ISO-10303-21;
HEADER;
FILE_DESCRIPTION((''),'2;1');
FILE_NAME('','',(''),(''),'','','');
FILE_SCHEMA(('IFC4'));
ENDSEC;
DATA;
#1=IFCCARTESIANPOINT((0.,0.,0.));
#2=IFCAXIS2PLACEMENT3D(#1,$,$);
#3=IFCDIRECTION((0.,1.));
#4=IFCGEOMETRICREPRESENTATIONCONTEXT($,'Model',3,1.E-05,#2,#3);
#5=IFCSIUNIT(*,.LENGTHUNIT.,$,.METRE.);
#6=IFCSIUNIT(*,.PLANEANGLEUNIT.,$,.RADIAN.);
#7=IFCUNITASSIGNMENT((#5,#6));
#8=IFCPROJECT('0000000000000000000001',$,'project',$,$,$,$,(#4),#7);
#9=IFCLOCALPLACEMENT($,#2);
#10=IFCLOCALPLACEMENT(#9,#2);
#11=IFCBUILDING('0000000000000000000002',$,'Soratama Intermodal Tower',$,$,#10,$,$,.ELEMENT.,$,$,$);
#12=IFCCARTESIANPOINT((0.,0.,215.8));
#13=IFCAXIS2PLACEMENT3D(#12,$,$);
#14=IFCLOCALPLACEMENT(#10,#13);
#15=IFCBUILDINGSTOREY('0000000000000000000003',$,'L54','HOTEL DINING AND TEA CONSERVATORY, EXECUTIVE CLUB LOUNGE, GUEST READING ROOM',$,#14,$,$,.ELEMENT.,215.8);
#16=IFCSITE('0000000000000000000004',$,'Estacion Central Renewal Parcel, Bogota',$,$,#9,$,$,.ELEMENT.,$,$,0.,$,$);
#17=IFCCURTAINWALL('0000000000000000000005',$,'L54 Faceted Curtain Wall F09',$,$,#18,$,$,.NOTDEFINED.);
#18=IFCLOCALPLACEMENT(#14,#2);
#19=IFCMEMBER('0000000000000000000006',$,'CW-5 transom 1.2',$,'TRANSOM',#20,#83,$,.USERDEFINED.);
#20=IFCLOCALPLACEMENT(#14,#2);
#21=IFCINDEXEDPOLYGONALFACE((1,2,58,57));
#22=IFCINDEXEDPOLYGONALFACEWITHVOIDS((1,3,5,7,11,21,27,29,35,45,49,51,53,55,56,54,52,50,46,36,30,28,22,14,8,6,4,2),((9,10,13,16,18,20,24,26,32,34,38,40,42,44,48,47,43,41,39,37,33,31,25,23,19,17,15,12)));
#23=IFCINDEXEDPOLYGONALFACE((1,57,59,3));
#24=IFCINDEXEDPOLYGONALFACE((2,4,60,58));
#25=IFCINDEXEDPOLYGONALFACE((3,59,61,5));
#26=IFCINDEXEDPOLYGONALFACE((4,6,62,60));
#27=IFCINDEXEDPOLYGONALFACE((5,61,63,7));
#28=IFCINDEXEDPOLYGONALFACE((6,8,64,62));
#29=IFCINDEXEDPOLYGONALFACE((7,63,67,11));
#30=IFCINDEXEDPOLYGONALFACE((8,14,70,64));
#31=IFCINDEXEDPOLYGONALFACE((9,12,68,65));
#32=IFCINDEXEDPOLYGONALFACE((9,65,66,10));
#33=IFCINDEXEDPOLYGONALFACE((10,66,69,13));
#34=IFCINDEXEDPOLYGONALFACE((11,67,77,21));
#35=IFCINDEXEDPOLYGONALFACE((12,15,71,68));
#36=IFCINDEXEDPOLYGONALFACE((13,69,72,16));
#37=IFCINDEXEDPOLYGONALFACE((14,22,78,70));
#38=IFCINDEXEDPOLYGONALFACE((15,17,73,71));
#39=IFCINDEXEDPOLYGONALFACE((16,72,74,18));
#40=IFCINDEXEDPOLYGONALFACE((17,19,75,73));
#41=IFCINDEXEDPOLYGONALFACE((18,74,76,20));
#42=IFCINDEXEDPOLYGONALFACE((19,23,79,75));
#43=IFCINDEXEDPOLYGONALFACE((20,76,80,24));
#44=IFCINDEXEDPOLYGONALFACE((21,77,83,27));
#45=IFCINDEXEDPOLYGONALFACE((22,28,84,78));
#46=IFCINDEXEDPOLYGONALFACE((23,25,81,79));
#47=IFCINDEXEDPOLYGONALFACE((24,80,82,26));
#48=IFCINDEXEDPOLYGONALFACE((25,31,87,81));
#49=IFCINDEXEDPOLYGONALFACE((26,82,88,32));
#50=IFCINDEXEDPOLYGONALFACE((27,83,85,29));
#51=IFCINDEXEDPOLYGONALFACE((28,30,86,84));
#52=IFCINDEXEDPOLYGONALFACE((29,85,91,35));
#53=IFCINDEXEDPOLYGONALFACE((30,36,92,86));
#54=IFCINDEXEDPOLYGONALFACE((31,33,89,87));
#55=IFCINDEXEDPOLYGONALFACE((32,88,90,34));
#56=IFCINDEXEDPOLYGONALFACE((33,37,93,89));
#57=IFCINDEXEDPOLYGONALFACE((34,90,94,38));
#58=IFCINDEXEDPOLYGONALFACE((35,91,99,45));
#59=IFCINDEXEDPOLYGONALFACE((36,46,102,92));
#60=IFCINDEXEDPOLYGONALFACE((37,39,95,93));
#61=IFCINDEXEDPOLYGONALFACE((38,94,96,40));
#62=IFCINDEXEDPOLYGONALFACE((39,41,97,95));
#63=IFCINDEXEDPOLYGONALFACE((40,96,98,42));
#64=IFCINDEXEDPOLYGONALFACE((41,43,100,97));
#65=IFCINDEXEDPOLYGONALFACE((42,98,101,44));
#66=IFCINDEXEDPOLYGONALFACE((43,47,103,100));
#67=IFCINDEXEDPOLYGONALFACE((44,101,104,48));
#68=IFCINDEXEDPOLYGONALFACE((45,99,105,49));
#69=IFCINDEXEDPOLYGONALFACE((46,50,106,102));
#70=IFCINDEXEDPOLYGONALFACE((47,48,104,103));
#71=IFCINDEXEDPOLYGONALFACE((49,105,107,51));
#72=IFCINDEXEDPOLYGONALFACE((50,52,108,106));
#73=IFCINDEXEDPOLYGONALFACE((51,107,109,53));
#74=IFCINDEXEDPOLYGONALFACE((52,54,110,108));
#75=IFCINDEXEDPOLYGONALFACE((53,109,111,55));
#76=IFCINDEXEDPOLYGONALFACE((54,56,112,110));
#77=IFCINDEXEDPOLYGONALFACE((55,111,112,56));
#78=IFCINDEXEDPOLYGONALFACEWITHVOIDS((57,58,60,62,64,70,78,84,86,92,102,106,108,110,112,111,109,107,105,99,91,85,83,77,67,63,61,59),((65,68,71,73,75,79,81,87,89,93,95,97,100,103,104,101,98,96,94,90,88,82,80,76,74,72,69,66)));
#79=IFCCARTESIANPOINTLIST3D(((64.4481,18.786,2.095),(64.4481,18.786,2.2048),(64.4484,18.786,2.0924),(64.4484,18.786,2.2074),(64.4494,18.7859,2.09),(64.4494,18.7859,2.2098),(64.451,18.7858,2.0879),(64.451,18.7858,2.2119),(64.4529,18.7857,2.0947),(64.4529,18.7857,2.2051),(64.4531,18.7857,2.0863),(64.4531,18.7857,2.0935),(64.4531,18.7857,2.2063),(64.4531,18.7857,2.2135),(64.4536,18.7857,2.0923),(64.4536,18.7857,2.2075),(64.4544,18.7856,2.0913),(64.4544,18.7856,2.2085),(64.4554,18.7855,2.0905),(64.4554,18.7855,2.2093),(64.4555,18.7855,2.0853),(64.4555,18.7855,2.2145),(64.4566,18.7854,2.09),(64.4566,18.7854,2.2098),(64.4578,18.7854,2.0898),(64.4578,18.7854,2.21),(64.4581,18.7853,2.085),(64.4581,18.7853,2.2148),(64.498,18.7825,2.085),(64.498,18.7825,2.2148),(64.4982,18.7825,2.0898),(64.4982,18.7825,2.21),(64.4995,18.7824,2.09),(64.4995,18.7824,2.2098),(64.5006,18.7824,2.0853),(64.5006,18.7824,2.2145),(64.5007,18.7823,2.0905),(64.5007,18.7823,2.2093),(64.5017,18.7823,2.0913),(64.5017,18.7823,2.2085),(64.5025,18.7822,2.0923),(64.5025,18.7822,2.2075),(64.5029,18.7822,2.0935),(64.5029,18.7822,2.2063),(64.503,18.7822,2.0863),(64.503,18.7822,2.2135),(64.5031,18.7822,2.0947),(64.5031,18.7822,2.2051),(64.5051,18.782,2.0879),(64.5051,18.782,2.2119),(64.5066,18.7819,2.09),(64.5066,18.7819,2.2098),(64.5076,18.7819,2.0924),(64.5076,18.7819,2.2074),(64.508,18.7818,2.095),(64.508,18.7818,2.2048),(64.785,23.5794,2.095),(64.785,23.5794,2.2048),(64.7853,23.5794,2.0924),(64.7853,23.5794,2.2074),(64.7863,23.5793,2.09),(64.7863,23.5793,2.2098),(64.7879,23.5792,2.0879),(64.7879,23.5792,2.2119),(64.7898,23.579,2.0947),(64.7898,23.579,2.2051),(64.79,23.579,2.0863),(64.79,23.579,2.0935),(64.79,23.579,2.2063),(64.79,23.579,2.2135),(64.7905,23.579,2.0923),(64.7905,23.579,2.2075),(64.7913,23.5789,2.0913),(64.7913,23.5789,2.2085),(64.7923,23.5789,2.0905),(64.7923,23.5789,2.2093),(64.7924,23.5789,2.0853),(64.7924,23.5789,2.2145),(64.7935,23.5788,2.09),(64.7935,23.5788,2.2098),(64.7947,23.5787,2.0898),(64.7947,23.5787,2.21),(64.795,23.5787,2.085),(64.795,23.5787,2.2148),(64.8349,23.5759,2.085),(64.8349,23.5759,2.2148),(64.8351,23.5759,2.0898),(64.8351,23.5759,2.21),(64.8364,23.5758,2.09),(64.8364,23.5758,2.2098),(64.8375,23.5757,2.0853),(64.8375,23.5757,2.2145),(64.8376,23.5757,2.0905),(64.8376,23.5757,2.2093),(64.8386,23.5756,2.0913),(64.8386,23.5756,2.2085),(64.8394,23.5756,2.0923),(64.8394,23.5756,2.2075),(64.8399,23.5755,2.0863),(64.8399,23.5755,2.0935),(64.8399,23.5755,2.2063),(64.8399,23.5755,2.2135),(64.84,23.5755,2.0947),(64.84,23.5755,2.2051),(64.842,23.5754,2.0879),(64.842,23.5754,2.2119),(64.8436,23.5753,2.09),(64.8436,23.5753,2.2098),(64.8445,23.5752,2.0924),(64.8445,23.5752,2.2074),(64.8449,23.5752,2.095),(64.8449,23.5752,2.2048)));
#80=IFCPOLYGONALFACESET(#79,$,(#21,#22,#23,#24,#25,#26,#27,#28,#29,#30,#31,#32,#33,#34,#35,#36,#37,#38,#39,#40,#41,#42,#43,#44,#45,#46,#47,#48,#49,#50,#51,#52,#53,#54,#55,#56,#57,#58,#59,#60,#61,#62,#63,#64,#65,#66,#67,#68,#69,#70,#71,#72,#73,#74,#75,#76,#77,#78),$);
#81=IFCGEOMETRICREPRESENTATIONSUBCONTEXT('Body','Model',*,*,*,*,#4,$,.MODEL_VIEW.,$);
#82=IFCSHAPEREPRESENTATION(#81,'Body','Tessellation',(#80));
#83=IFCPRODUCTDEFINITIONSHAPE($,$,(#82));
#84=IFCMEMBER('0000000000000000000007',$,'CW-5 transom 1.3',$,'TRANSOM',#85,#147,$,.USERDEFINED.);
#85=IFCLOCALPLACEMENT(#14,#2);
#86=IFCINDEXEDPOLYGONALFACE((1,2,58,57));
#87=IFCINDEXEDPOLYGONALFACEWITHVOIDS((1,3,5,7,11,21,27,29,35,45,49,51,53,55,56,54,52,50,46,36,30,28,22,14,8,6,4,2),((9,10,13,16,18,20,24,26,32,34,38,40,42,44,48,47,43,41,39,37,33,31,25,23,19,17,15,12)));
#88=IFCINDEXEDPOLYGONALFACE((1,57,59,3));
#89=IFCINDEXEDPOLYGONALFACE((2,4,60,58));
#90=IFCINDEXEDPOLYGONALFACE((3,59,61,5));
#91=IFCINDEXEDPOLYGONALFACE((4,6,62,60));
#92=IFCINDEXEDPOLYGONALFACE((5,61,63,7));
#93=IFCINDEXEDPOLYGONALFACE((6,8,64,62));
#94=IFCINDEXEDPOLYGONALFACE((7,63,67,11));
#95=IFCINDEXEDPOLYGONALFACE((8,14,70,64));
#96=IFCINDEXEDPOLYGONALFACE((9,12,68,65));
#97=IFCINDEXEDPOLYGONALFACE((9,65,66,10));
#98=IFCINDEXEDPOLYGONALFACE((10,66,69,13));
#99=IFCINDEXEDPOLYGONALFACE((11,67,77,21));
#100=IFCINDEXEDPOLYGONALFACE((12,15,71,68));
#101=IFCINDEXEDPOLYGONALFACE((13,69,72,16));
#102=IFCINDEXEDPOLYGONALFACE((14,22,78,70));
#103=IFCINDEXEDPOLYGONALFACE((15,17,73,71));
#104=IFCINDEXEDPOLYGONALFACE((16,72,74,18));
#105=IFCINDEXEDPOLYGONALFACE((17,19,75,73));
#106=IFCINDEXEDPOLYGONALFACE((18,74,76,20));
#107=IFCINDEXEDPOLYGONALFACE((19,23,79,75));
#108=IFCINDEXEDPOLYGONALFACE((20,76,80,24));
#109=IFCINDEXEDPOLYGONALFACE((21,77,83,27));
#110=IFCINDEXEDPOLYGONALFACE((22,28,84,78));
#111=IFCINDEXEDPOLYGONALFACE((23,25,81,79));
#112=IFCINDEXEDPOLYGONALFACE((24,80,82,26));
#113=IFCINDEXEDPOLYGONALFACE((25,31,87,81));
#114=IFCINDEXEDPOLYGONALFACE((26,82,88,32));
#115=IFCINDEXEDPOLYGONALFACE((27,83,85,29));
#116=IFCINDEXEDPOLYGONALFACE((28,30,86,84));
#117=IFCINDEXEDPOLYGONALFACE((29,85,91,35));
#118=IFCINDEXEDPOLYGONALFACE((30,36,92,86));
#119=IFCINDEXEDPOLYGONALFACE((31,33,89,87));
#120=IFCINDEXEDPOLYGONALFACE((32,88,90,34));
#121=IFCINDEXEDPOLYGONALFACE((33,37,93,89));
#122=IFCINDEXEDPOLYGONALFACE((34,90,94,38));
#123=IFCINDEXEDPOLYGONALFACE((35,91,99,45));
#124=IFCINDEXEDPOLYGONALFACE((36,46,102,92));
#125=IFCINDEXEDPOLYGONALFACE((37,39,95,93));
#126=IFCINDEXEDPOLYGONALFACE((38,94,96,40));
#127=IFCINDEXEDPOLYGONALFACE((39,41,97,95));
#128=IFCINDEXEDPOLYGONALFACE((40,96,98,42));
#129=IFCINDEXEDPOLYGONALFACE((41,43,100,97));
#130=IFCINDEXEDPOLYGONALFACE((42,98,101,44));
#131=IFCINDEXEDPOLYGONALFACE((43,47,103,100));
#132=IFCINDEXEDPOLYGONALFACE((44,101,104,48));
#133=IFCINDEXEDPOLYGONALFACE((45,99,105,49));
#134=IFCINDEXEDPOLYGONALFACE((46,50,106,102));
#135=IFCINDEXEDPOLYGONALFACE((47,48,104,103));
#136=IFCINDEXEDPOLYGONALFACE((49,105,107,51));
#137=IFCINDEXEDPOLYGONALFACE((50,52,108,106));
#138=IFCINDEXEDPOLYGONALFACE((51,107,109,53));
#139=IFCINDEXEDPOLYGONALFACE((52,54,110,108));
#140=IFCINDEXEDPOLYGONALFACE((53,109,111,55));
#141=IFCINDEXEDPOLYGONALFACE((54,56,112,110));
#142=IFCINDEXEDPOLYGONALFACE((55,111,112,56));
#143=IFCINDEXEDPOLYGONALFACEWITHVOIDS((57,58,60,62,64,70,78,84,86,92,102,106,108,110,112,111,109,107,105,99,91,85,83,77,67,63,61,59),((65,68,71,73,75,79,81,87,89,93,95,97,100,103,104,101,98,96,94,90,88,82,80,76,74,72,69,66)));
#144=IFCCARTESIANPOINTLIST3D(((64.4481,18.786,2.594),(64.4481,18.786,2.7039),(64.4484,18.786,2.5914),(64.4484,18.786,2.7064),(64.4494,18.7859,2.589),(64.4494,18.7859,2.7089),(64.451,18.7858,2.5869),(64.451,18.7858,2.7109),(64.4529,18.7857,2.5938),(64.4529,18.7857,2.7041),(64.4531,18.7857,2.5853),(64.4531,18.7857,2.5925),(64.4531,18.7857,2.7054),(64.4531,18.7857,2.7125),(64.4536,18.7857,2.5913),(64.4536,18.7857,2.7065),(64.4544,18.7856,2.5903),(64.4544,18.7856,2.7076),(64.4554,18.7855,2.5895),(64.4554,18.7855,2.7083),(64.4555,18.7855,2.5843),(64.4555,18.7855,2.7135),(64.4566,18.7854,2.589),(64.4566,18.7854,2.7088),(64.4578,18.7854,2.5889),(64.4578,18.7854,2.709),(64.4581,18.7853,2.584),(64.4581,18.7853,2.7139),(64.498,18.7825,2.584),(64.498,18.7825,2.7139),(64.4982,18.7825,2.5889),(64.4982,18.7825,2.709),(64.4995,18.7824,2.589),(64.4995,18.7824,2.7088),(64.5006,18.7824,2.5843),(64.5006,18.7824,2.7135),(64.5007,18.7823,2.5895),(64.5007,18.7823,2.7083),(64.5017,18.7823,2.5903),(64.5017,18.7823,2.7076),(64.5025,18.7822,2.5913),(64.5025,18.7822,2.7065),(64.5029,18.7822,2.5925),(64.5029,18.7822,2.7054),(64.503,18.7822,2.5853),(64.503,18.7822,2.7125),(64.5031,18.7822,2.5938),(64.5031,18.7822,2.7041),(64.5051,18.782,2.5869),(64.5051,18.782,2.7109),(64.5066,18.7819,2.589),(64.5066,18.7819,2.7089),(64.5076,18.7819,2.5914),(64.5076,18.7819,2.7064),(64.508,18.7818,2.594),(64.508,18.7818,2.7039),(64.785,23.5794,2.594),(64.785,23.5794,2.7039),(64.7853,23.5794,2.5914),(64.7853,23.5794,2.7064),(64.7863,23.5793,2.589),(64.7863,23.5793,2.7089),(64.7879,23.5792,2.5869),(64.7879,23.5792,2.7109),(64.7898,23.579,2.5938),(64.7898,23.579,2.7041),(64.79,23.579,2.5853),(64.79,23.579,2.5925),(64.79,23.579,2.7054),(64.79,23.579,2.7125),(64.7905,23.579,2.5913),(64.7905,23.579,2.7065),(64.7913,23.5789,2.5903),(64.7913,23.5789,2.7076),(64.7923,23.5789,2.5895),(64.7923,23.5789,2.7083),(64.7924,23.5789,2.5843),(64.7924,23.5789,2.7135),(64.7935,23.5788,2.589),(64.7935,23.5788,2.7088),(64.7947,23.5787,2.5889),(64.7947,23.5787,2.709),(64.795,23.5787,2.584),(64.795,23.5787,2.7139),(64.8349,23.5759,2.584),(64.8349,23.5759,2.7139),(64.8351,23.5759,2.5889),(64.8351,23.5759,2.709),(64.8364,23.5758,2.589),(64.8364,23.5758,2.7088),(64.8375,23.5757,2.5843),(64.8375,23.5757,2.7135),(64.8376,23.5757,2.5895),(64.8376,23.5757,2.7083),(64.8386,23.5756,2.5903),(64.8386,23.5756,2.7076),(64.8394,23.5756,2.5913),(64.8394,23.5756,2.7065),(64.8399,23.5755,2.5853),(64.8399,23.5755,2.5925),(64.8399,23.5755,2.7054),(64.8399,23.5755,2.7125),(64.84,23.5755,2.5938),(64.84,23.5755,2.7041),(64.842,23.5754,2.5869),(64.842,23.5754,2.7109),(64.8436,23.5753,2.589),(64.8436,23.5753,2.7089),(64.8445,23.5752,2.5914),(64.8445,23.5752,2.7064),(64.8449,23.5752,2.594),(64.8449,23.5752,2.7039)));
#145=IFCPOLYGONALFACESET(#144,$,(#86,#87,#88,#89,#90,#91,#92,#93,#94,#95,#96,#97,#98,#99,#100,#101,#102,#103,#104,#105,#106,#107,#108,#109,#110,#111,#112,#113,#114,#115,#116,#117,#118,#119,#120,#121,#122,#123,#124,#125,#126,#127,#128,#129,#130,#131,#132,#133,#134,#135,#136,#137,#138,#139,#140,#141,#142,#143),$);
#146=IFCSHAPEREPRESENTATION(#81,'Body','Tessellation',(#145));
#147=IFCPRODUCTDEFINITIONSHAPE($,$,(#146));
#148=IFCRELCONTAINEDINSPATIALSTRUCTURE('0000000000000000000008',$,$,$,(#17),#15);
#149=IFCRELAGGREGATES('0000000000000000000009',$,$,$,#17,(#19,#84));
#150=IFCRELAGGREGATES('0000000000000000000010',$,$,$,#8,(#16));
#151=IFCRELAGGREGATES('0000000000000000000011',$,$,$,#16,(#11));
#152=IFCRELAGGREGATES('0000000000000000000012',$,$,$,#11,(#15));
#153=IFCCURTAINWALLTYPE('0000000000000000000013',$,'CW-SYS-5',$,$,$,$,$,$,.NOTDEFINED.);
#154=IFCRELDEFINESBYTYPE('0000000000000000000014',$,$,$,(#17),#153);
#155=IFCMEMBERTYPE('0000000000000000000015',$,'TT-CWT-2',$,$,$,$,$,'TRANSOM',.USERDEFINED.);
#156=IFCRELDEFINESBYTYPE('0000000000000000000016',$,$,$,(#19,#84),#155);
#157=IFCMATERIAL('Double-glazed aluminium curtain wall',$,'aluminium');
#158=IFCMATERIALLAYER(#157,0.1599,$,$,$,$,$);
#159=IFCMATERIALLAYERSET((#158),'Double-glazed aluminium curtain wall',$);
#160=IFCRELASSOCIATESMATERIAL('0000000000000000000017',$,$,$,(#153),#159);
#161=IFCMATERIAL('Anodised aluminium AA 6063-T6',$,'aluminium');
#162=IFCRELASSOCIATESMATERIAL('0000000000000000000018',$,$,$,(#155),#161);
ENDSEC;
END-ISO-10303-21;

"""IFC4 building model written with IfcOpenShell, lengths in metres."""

from ifc_helpers import new_model, si_unit, direction, frame, origin, origin_2d, place, context, subcontext, project, spatial, hollow_rectangle, extrude, material, layer, layer_set, material_profile, profile_set, type_object, element, aggregate, save


model = new_model("IFC4")

# Units and contexts
model_context = context("Model", 3, precision=1e-05, world=origin(), true_north=direction((0.0, 1.0)))
body_context = subcontext(model_context, "Body", "Model", "MODEL_VIEW")
ifc_project = project(units=[si_unit("LENGTHUNIT", "METRE"), si_unit("PLANEANGLEUNIT", "RADIAN")], contexts=[model_context])

# Site, building, storey
site_placement = place(None, origin())
site = spatial("IfcSite", under=ifc_project, at=site_placement, Name="Estacion Central Renewal Parcel, Bogota", CompositionType="ELEMENT", RefElevation=0.0)
building_placement = place(site_placement, origin())
building = spatial("IfcBuilding", under=site, at=building_placement, Name="Soratama Intermodal Tower", CompositionType="ELEMENT")
storey_placement = place(building_placement, frame((0.0, 0.0, 215.8)))
storey = spatial("IfcBuildingStorey", under=building, at=storey_placement, Name="L54", Description="HOTEL DINING AND TEA CONSERVATORY, EXECUTIVE CLUB LOUNGE, GUEST READING ROOM", CompositionType="ELEMENT", Elevation=215.8)

# Shared definitions
ifc_material_1 = material(Name="Double-glazed aluminium curtain wall", Category="aluminium")
ifc_layer_1 = layer(ifc_material_1, 0.1599)
ifc_layer_set_1 = layer_set([ifc_layer_1], Name="Double-glazed aluminium curtain wall")
curtain_wall_type = type_object("IfcCurtainWallType", Name="CW-SYS-5", PredefinedType="NOTDEFINED", material=ifc_layer_set_1)

# Curtain wall, members
curtain_wall_1_placement = place(storey_placement, origin())
curtain_wall_1 = element("IfcCurtainWall", 1, at=curtain_wall_1_placement, inside=storey, type_object=curtain_wall_type, Name="L54 Faceted Curtain Wall F09", PredefinedType="NOTDEFINED")
ifc_material_2 = material(Name="Anodised aluminium AA 6063-T6", Category="aluminium")
ifc_material_profile_1 = material_profile(ifc_material_2, hollow_rectangle(XDim=0.0601, YDim=0.1299, WallThickness=0.0049, InnerFilletRadius=0.0049, OuterFilletRadius=0.01, at=origin_2d()), Name="CWT130X60X5")
ifc_profile_set_1 = profile_set([ifc_material_profile_1], Name="Anodised aluminium AA 6063-T6")
member_type_1 = type_object("IfcMemberType", Name="TT-CWT-2", ElementType="TRANSOM", PredefinedType="USERDEFINED", material=ifc_profile_set_1)
member_1_placement = place(storey_placement, frame((64.478, 18.7839, 2.1499), z_axis=(0.070113, 0.997539, 0.0), x_axis=(-0.997539, 0.070113, 0.0)))
member_1 = element("IfcMember", 2, at=member_1_placement, type_object=member_type_1, Name="CW-5 transom 1.2", ObjectType="TRANSOM", PredefinedType="USERDEFINED", context=body_context, shape_type="SweptSolid", body=[
    extrude(hollow_rectangle(XDim=0.0601, YDim=0.1299, WallThickness=0.0049, InnerFilletRadius=0.0049, OuterFilletRadius=0.01, at=origin_2d()), origin(), (0.0, 0.0, 1.0), 4.8052),
])
member_2_placement = place(storey_placement, frame((64.478, 18.7839, 2.6489), z_axis=(0.070113, 0.997539, 0.0), x_axis=(-0.997539, 0.070113, 0.0)))
member_2 = element("IfcMember", 3, at=member_2_placement, type_object=member_type_1, Name="CW-5 transom 1.3", ObjectType="TRANSOM", PredefinedType="USERDEFINED", context=body_context, shape_type="SweptSolid", body=[
    extrude(hollow_rectangle(XDim=0.0601, YDim=0.1299, WallThickness=0.0049, InnerFilletRadius=0.0049, OuterFilletRadius=0.01, at=origin_2d()), origin(), (0.0, 0.0, 1.0), 4.8052),
])

aggregate(curtain_wall_1, [member_1, member_2])

save(model, "model.ifc")
